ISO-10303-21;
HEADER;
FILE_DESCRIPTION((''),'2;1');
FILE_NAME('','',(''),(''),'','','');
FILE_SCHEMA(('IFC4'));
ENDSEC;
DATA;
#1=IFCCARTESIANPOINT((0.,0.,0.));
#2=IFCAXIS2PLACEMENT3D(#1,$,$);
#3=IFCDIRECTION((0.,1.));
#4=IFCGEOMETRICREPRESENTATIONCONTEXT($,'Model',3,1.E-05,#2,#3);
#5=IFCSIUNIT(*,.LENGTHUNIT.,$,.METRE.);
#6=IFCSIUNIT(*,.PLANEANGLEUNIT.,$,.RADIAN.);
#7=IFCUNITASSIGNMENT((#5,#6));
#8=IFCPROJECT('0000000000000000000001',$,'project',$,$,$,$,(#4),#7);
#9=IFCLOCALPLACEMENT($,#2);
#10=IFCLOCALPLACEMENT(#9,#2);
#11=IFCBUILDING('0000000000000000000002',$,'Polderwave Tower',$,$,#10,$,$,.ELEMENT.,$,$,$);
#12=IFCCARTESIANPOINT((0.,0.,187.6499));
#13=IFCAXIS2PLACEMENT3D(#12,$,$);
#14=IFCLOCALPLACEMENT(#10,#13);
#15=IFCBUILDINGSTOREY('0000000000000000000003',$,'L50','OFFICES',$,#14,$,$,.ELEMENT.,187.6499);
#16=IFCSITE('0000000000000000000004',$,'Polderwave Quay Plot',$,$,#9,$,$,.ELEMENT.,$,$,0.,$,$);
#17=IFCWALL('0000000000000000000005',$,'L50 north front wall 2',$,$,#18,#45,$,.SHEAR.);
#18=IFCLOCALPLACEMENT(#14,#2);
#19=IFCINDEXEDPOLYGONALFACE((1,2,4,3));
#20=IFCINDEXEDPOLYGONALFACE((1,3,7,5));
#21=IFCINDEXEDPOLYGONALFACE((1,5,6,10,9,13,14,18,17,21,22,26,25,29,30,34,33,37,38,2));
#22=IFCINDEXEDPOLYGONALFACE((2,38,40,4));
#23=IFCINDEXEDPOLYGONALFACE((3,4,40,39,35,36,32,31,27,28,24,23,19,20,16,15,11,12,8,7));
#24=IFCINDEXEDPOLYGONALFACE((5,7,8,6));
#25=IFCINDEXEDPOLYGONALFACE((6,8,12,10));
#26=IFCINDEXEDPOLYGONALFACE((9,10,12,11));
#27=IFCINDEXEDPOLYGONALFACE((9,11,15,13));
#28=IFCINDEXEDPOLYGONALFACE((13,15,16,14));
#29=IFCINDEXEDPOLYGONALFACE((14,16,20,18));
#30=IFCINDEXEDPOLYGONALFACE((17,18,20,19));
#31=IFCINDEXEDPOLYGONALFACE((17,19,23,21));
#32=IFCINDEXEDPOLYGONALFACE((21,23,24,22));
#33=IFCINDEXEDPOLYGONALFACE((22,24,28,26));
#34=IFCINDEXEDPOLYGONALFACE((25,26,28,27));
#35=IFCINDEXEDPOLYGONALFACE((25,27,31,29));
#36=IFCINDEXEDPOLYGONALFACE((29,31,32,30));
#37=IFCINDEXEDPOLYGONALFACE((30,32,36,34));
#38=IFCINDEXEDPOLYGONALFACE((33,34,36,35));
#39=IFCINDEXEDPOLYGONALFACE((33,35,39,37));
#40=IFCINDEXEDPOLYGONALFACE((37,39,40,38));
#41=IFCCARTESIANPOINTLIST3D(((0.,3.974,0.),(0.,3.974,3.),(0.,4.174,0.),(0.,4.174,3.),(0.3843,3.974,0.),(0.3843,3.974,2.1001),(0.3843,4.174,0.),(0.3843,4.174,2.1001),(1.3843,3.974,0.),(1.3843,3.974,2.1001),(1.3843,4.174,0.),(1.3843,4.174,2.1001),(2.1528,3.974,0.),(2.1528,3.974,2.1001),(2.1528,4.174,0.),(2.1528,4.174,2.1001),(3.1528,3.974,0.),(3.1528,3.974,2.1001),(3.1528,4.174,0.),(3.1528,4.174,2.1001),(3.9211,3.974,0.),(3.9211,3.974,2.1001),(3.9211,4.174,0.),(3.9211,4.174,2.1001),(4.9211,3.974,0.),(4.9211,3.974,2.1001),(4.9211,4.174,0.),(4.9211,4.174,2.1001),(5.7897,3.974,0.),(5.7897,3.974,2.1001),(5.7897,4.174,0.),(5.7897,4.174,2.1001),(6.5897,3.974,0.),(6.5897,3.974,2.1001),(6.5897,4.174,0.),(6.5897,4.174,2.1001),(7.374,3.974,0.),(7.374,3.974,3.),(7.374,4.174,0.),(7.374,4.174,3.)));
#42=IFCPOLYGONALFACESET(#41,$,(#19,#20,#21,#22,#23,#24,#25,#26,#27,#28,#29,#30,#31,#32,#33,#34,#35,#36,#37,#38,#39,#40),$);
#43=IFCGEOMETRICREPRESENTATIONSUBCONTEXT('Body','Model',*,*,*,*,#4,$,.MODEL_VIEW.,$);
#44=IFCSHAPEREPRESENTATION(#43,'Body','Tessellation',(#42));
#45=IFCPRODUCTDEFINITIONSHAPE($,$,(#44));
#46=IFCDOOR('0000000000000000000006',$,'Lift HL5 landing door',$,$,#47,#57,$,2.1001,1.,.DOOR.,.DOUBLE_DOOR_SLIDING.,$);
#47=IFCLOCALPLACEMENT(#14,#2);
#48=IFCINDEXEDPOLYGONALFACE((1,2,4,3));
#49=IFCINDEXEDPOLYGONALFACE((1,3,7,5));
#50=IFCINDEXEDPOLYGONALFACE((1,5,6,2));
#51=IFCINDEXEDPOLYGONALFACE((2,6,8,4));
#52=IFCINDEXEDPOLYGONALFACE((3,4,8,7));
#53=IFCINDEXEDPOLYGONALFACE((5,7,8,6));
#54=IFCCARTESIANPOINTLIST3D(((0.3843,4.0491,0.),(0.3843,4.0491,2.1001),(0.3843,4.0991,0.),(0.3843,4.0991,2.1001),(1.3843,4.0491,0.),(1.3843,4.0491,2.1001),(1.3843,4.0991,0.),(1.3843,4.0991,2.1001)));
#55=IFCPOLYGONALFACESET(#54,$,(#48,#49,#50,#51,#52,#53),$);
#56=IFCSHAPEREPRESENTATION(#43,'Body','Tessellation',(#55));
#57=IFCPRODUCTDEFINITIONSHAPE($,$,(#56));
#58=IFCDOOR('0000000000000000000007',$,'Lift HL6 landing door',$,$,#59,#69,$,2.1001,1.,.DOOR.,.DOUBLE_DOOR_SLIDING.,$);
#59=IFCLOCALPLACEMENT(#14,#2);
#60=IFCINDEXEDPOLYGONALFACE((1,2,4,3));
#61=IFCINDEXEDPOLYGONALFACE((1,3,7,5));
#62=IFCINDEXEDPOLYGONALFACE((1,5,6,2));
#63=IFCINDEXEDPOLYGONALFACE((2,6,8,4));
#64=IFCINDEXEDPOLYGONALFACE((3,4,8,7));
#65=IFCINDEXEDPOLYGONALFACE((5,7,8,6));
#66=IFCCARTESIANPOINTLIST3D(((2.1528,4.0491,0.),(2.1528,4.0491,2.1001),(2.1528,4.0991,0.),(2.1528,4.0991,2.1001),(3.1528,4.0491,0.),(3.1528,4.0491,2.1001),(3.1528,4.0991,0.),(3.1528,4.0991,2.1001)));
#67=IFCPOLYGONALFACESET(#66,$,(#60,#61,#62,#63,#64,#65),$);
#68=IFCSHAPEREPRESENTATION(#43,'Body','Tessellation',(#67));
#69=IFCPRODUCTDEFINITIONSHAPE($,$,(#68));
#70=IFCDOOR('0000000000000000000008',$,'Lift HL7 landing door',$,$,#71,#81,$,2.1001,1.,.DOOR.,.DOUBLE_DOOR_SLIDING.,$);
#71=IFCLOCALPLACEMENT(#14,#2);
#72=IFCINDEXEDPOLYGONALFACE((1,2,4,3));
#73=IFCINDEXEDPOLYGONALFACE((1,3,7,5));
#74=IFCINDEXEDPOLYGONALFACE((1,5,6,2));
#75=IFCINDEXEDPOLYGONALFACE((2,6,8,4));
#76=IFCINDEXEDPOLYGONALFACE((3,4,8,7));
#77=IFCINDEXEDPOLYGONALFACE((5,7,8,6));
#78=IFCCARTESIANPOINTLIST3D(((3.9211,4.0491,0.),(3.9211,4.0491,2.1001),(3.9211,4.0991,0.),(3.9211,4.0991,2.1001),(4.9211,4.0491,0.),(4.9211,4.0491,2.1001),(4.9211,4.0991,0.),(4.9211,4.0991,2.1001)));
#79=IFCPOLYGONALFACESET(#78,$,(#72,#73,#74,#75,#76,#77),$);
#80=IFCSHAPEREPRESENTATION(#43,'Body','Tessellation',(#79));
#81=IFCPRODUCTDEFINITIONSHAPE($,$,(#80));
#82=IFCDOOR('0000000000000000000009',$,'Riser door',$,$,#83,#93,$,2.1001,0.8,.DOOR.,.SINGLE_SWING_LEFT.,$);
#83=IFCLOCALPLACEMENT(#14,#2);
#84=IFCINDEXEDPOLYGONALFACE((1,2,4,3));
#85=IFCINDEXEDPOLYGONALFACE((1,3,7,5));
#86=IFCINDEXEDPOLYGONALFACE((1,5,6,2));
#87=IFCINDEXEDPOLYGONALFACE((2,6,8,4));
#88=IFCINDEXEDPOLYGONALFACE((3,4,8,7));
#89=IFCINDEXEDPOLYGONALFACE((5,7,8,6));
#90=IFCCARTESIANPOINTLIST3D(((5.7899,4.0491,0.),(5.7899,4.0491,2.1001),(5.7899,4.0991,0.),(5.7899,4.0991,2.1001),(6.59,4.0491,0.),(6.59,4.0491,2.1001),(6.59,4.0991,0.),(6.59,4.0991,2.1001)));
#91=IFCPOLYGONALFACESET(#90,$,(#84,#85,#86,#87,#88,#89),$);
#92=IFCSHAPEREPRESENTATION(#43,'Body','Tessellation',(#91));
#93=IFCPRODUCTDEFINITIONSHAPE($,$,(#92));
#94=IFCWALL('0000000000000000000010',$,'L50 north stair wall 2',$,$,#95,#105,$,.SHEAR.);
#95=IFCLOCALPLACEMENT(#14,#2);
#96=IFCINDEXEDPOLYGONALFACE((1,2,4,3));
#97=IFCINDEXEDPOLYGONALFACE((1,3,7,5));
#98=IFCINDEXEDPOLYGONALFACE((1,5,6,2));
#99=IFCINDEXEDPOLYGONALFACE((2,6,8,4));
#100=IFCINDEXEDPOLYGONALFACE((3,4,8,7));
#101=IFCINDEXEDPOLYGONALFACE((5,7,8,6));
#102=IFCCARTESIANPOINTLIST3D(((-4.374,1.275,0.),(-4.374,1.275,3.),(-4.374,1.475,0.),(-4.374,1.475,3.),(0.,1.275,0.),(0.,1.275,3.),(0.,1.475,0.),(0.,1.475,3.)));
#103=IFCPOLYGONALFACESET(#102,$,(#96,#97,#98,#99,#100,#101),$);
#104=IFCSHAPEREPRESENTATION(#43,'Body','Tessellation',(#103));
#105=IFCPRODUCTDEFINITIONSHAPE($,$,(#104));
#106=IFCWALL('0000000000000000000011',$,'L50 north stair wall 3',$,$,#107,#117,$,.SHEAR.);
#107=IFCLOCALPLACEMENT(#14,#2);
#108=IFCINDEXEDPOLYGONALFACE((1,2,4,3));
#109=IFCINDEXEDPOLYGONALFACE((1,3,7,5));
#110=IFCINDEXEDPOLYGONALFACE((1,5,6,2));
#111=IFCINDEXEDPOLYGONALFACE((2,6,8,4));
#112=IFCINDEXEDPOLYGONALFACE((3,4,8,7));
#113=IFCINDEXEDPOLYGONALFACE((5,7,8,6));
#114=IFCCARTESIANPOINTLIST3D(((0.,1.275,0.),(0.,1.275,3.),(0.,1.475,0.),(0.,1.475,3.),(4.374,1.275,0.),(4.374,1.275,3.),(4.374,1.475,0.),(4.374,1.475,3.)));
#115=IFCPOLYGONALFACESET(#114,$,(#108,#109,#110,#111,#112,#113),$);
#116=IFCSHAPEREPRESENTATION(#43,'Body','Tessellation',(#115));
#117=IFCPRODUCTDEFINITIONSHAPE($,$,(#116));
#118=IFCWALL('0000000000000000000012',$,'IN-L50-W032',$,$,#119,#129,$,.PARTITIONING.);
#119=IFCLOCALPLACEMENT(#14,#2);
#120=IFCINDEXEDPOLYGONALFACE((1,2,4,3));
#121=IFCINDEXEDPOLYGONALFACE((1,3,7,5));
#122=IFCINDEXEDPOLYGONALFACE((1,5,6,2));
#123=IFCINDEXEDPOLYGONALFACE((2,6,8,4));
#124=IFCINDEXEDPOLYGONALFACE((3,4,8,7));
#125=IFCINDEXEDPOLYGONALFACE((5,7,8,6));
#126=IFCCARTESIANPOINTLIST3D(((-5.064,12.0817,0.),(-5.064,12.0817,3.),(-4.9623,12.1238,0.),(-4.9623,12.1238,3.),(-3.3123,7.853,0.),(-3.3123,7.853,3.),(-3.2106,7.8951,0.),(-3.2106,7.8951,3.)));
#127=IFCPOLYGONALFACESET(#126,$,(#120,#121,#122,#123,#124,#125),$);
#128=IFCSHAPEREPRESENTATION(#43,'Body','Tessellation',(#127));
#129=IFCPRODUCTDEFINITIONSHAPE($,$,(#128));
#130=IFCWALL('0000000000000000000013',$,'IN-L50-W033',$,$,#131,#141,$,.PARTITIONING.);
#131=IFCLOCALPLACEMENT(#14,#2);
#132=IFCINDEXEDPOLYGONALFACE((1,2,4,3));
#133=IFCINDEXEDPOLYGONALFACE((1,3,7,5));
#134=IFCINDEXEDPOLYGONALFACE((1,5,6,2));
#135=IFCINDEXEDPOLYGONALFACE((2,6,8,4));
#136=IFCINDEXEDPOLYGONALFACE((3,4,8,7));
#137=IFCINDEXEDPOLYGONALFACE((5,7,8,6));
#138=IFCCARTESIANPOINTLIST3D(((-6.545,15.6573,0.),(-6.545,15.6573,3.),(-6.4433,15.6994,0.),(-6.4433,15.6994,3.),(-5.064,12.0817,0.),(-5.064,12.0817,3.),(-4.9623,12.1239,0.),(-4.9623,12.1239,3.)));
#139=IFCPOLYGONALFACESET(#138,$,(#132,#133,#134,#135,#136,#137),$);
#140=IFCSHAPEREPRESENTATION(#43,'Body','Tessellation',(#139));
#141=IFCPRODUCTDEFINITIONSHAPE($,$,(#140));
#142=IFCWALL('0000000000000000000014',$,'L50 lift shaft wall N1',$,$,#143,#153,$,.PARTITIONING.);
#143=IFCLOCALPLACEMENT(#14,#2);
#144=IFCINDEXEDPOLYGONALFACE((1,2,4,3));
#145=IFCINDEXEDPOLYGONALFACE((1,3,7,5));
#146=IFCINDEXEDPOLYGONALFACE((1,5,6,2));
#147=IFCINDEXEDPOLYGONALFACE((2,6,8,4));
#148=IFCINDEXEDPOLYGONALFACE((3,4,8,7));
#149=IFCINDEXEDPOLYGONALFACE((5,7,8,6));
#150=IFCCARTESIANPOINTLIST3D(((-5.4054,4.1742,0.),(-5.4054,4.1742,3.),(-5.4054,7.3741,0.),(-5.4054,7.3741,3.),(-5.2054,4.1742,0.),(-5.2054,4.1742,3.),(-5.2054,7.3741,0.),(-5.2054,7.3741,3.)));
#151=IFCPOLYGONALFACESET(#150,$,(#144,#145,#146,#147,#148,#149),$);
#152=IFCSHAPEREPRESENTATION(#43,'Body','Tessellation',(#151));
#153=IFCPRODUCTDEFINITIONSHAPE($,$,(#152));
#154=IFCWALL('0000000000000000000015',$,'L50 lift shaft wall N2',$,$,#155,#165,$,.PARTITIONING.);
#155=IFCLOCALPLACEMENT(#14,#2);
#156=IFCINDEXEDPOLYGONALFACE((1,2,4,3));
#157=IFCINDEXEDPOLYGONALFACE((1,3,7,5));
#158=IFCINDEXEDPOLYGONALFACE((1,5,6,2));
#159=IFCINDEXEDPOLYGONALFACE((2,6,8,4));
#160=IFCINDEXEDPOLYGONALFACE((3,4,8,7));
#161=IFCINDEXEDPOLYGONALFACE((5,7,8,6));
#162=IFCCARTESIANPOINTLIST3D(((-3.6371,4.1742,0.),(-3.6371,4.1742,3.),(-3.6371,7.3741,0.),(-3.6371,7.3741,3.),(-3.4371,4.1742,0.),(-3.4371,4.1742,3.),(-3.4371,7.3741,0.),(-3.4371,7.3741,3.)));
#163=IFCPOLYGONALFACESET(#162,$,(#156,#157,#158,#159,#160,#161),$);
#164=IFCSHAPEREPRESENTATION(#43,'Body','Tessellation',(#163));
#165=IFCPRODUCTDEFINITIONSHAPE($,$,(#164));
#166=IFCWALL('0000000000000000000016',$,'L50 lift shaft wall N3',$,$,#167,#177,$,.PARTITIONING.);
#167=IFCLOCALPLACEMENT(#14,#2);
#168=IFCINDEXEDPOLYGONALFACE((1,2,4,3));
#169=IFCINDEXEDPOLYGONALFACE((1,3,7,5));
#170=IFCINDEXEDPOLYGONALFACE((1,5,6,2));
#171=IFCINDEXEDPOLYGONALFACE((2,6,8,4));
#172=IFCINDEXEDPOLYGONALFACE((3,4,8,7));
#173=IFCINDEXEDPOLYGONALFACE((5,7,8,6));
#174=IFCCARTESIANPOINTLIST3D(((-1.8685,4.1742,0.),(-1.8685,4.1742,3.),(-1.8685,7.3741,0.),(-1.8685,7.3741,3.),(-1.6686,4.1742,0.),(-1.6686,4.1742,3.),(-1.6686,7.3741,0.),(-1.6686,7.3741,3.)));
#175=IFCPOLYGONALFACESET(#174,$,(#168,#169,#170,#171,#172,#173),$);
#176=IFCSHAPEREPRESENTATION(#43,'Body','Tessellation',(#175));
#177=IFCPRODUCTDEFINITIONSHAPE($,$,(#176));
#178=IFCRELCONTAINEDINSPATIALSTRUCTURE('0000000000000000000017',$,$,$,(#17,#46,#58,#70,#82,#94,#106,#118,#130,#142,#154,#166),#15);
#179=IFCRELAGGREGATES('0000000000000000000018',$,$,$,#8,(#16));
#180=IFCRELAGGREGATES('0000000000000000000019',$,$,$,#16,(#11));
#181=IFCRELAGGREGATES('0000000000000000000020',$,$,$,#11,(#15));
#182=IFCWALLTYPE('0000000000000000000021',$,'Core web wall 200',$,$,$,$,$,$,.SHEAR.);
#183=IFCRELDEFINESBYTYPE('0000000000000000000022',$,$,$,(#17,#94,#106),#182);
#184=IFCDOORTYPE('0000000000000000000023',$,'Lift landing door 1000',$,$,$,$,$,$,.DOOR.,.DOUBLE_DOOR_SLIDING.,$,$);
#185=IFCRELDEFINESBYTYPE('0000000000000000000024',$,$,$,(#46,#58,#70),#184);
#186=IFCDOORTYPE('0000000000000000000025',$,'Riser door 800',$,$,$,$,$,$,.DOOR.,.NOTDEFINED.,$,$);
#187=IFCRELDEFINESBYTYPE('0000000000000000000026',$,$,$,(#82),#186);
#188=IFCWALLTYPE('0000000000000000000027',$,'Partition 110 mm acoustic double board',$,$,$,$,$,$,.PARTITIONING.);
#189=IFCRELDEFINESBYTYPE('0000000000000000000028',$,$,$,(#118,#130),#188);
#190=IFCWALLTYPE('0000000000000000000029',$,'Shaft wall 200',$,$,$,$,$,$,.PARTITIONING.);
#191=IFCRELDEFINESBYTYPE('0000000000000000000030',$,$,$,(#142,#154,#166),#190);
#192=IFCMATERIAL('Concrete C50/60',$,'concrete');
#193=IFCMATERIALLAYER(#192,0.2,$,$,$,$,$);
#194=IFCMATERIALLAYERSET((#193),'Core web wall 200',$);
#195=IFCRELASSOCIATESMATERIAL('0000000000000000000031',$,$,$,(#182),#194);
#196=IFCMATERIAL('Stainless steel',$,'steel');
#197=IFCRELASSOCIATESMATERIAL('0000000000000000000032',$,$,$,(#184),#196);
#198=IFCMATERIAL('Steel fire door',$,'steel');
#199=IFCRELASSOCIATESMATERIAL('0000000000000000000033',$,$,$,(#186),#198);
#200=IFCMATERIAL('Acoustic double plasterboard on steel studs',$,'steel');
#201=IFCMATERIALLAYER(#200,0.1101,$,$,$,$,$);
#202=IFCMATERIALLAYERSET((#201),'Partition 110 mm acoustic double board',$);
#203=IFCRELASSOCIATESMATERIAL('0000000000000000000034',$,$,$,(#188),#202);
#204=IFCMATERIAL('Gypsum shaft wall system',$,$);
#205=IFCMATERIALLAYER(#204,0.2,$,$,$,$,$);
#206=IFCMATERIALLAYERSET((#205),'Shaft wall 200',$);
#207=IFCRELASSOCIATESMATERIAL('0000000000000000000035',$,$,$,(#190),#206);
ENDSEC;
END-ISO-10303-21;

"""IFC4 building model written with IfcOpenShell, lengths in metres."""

from ifc_helpers import new_model, si_unit, direction, frame, frame_2d, origin, place, context, subcontext, project, spatial, rectangle, extrude, material, layer, layer_set, type_object, element, fill, save


model = new_model("IFC4")

# Units and contexts
model_context = context("Model", 3, precision=1e-05, world=origin(), true_north=direction((0.0, 1.0)))
body_context = subcontext(model_context, "Body", "Model", "MODEL_VIEW")
ifc_project = project(units=[si_unit("LENGTHUNIT", "METRE"), si_unit("PLANEANGLEUNIT", "RADIAN")], contexts=[model_context])

# Site, building, storey
site_placement = place(None, origin())
site = spatial("IfcSite", under=ifc_project, at=site_placement, Name="Polderwave Quay Plot", CompositionType="ELEMENT", RefElevation=0.0)
building_placement = place(site_placement, origin())
building = spatial("IfcBuilding", under=site, at=building_placement, Name="Polderwave Tower", CompositionType="ELEMENT")
storey_placement = place(building_placement, frame((0.0, 0.0, 187.6499)))
storey = spatial("IfcBuildingStorey", under=building, at=storey_placement, Name="L50", Description="OFFICES", CompositionType="ELEMENT", Elevation=187.6499)

# Wall, openings, doors
ifc_material_1 = material(Name="Concrete C50/60", Category="concrete")
ifc_layer_1 = layer(ifc_material_1, 0.2)
ifc_layer_set_1 = layer_set([ifc_layer_1], Name="Core web wall 200")
wall_type_1 = type_object("IfcWallType", Name="Core web wall 200", PredefinedType="SHEAR", material=ifc_layer_set_1)
ifc_material_2 = material(Name="Stainless steel", Category="steel")
door_type_1 = type_object("IfcDoorType", Name="Lift landing door 1000", OperationType="DOUBLE_DOOR_SLIDING", PredefinedType="DOOR", material=ifc_material_2)
wall_1_placement = place(storey_placement, frame((0.0, 4.074, 0.0), z_axis=(0.0, 0.0, 1.0), x_axis=(1.0, 0.0, 0.0)))
wall_1 = element("IfcWall", 1, at=wall_1_placement, inside=storey, type_object=wall_type_1, Name="L50 north front wall 2", PredefinedType="SHEAR", context=body_context, shape_type="SweptSolid", body=[
    extrude(rectangle(XDim=7.374, YDim=0.2, at=frame_2d((3.687, 0.0))), origin(), (0.0, 0.0, 1.0), 3.0),
])
opening_1_placement = place(wall_1_placement, frame((0.3843, 0.0, 0.0)))
opening_1 = element("IfcOpeningElement", 2, at=opening_1_placement, cuts=wall_1, PredefinedType="OPENING", context=body_context, shape_type="SweptSolid", body=[
    extrude(rectangle(XDim=1.0, YDim=2.1001, at=frame_2d((0.5, 1.05))), frame((0.0, 0.1099, 0.0), z_axis=(0.0, -1.0, 0.0), x_axis=(1.0, 0.0, 0.0)), (0.0, 0.0, 1.0), 0.22),
])
opening_2_placement = place(wall_1_placement, frame((2.1528, 0.0, 0.0)))
opening_2 = element("IfcOpeningElement", 3, at=opening_2_placement, cuts=wall_1, PredefinedType="OPENING", context=body_context, shape_type="SweptSolid", body=[
    extrude(rectangle(XDim=1.0, YDim=2.1001, at=frame_2d((0.5, 1.05))), frame((0.0, 0.1099, 0.0), z_axis=(0.0, -1.0, 0.0), x_axis=(1.0, 0.0, 0.0)), (0.0, 0.0, 1.0), 0.22),
])
opening_3_placement = place(wall_1_placement, frame((3.9211, 0.0, 0.0)))
opening_3 = element("IfcOpeningElement", 4, at=opening_3_placement, cuts=wall_1, PredefinedType="OPENING", context=body_context, shape_type="SweptSolid", body=[
    extrude(rectangle(XDim=1.0, YDim=2.1001, at=frame_2d((0.5, 1.05))), frame((0.0, 0.1099, 0.0), z_axis=(0.0, -1.0, 0.0), x_axis=(1.0, 0.0, 0.0)), (0.0, 0.0, 1.0), 0.22),
])
opening_4_placement = place(wall_1_placement, frame((5.7898, 0.0, 0.0)))
opening_4 = element("IfcOpeningElement", 5, at=opening_4_placement, cuts=wall_1, PredefinedType="OPENING", context=body_context, shape_type="SweptSolid", body=[
    extrude(rectangle(XDim=0.8, YDim=2.1001, at=frame_2d((0.3999, 1.05))), frame((0.0, 0.1099, 0.0), z_axis=(0.0, -1.0, 0.0), x_axis=(1.0, 0.0, 0.0)), (0.0, 0.0, 1.0), 0.22),
])
door_1_placement = place(opening_1_placement, frame((1.0, 0.0, 0.0), z_axis=(0.0, 0.0, 1.0), x_axis=(-1.0, 0.0, 0.0)))
door_1 = element("IfcDoor", 6, at=door_1_placement, inside=storey, type_object=door_type_1, Name="Lift HL5 landing door", OperationType="DOUBLE_DOOR_SLIDING", OverallHeight=2.1001, OverallWidth=1.0, PredefinedType="DOOR", context=body_context, shape_type="SweptSolid", body=[
    extrude(rectangle(XDim=1.0, YDim=2.1001, at=frame_2d((0.5, 1.05))), frame((0.0, 0.0249, 0.0), z_axis=(0.0, -1.0, 0.0), x_axis=(1.0, 0.0, 0.0)), (0.0, 0.0, 1.0), 0.05),
])
fill(opening_1, door_1)
door_2_placement = place(opening_2_placement, frame((1.0, 0.0, 0.0), z_axis=(0.0, 0.0, 1.0), x_axis=(-1.0, 0.0, 0.0)))
door_2 = element("IfcDoor", 7, at=door_2_placement, inside=storey, type_object=door_type_1, Name="Lift HL6 landing door", OperationType="DOUBLE_DOOR_SLIDING", OverallHeight=2.1001, OverallWidth=1.0, PredefinedType="DOOR", context=body_context, shape_type="SweptSolid", body=[
    extrude(rectangle(XDim=1.0, YDim=2.1001, at=frame_2d((0.5, 1.05))), frame((0.0, 0.0249, 0.0), z_axis=(0.0, -1.0, 0.0), x_axis=(1.0, 0.0, 0.0)), (0.0, 0.0, 1.0), 0.05),
])
fill(opening_2, door_2)
door_3_placement = place(opening_3_placement, frame((1.0, 0.0, 0.0), z_axis=(0.0, 0.0, 1.0), x_axis=(-1.0, 0.0, 0.0)))
door_3 = element("IfcDoor", 8, at=door_3_placement, inside=storey, type_object=door_type_1, Name="Lift HL7 landing door", OperationType="DOUBLE_DOOR_SLIDING", OverallHeight=2.1001, OverallWidth=1.0, PredefinedType="DOOR", context=body_context, shape_type="SweptSolid", body=[
    extrude(rectangle(XDim=1.0, YDim=2.1001, at=frame_2d((0.5, 1.05))), frame((0.0, 0.0249, 0.0), z_axis=(0.0, -1.0, 0.0), x_axis=(1.0, 0.0, 0.0)), (0.0, 0.0, 1.0), 0.05),
])
fill(opening_3, door_3)
ifc_material_3 = material(Name="Steel fire door", Category="steel")
door_type_2 = type_object("IfcDoorType", Name="Riser door 800", OperationType="NOTDEFINED", PredefinedType="DOOR", material=ifc_material_3)
door_4_placement = place(opening_4_placement, frame((0.8, 0.0, 0.0), z_axis=(0.0, 0.0, 1.0), x_axis=(-1.0, 0.0, 0.0)))
door_4 = element("IfcDoor", 9, at=door_4_placement, inside=storey, type_object=door_type_2, Name="Riser door", OperationType="SINGLE_SWING_LEFT", OverallHeight=2.1001, OverallWidth=0.8, PredefinedType="DOOR", context=body_context, shape_type="SweptSolid", body=[
    extrude(rectangle(XDim=0.8, YDim=2.1001, at=frame_2d((0.3999, 1.05))), frame((0.0, 0.0249, 0.0), z_axis=(0.0, -1.0, 0.0), x_axis=(1.0, 0.0, 0.0)), (0.0, 0.0, 1.0), 0.05),
])
fill(opening_4, door_4)

# Walls
for number, where, z_axis, x_axis, name in (
    (10, (-4.374, 1.375, 0.0), (0.0, 0.0, 1.0), (1.0, 0.0, 0.0), "L50 north stair wall 2"),
    (11, (0.0, 1.375, 0.0), (0.0, 0.0, 1.0), (1.0, 0.0, 0.0), "L50 north stair wall 3"),
):
    element("IfcWall", number, at=place(storey_placement, frame(where, z_axis=z_axis, x_axis=x_axis)), inside=storey, type_object=wall_type_1, Name=name, PredefinedType="SHEAR", context=body_context, shape_type="SweptSolid", body=[
        extrude(rectangle(XDim=4.374, YDim=0.2, at=frame_2d((2.187, 0.0))), origin(), (0.0, 0.0, 1.0), 3.0),
    ])
ifc_material_4 = material(Name="Acoustic double plasterboard on steel studs", Category="steel")
ifc_layer_2 = layer(ifc_material_4, 0.1101)
ifc_layer_set_2 = layer_set([ifc_layer_2], Name="Partition 110 mm acoustic double board")
wall_type_2 = type_object("IfcWallType", Name="Partition 110 mm acoustic double board", PredefinedType="PARTITIONING", material=ifc_layer_set_2)
wall_2_placement = place(storey_placement, frame((-3.2615, 7.874, 0.0), z_axis=(0.0, 0.0, 1.0), x_axis=(-0.382702, 0.923872, 0.0)))
element("IfcWall", 12, at=wall_2_placement, inside=storey, type_object=wall_type_2, Name="IN-L50-W032", PredefinedType="PARTITIONING", context=body_context, shape_type="SweptSolid", body=[
    extrude(rectangle(XDim=4.5771, YDim=0.1101, at=frame_2d((2.2886, 0.0))), origin(), (0.0, 0.0, 1.0), 3.0),
])
wall_3_placement = place(storey_placement, frame((-5.0132, 12.1028, 0.0), z_axis=(0.0, 0.0, 1.0), x_axis=(-0.382675, 0.923883, 0.0)))
element("IfcWall", 13, at=wall_3_placement, inside=storey, type_object=wall_type_2, Name="IN-L50-W033", PredefinedType="PARTITIONING", context=body_context, shape_type="SweptSolid", body=[
    extrude(rectangle(XDim=3.8701, YDim=0.1101, at=frame_2d((1.9351, 0.0))), origin(), (0.0, 0.0, 1.0), 3.0),
])
ifc_material_5 = material(Name="Gypsum shaft wall system")
ifc_layer_3 = layer(ifc_material_5, 0.2)
ifc_layer_set_3 = layer_set([ifc_layer_3], Name="Shaft wall 200")
wall_type_3 = type_object("IfcWallType", Name="Shaft wall 200", PredefinedType="PARTITIONING", material=ifc_layer_set_3)
for number, where, z_axis, x_axis, name in (
    (14, (-5.3054, 4.1741, 0.0), (0.0, 0.0, 1.0), (0.0, 1.0, 0.0), "L50 lift shaft wall N1"),
    (15, (-3.5371, 4.1741, 0.0), (0.0, 0.0, 1.0), (0.0, 1.0, 0.0), "L50 lift shaft wall N2"),
    (16, (-1.7686, 4.1741, 0.0), (0.0, 0.0, 1.0), (0.0, 1.0, 0.0), "L50 lift shaft wall N3"),
):
    element("IfcWall", number, at=place(storey_placement, frame(where, z_axis=z_axis, x_axis=x_axis)), inside=storey, type_object=wall_type_3, Name=name, PredefinedType="PARTITIONING", context=body_context, shape_type="SweptSolid", body=[
        extrude(rectangle(XDim=3.2, YDim=0.2, at=frame_2d((1.6001, 0.0))), origin(), (0.0, 0.0, 1.0), 3.0),
    ])

save(model, "model.ifc")
